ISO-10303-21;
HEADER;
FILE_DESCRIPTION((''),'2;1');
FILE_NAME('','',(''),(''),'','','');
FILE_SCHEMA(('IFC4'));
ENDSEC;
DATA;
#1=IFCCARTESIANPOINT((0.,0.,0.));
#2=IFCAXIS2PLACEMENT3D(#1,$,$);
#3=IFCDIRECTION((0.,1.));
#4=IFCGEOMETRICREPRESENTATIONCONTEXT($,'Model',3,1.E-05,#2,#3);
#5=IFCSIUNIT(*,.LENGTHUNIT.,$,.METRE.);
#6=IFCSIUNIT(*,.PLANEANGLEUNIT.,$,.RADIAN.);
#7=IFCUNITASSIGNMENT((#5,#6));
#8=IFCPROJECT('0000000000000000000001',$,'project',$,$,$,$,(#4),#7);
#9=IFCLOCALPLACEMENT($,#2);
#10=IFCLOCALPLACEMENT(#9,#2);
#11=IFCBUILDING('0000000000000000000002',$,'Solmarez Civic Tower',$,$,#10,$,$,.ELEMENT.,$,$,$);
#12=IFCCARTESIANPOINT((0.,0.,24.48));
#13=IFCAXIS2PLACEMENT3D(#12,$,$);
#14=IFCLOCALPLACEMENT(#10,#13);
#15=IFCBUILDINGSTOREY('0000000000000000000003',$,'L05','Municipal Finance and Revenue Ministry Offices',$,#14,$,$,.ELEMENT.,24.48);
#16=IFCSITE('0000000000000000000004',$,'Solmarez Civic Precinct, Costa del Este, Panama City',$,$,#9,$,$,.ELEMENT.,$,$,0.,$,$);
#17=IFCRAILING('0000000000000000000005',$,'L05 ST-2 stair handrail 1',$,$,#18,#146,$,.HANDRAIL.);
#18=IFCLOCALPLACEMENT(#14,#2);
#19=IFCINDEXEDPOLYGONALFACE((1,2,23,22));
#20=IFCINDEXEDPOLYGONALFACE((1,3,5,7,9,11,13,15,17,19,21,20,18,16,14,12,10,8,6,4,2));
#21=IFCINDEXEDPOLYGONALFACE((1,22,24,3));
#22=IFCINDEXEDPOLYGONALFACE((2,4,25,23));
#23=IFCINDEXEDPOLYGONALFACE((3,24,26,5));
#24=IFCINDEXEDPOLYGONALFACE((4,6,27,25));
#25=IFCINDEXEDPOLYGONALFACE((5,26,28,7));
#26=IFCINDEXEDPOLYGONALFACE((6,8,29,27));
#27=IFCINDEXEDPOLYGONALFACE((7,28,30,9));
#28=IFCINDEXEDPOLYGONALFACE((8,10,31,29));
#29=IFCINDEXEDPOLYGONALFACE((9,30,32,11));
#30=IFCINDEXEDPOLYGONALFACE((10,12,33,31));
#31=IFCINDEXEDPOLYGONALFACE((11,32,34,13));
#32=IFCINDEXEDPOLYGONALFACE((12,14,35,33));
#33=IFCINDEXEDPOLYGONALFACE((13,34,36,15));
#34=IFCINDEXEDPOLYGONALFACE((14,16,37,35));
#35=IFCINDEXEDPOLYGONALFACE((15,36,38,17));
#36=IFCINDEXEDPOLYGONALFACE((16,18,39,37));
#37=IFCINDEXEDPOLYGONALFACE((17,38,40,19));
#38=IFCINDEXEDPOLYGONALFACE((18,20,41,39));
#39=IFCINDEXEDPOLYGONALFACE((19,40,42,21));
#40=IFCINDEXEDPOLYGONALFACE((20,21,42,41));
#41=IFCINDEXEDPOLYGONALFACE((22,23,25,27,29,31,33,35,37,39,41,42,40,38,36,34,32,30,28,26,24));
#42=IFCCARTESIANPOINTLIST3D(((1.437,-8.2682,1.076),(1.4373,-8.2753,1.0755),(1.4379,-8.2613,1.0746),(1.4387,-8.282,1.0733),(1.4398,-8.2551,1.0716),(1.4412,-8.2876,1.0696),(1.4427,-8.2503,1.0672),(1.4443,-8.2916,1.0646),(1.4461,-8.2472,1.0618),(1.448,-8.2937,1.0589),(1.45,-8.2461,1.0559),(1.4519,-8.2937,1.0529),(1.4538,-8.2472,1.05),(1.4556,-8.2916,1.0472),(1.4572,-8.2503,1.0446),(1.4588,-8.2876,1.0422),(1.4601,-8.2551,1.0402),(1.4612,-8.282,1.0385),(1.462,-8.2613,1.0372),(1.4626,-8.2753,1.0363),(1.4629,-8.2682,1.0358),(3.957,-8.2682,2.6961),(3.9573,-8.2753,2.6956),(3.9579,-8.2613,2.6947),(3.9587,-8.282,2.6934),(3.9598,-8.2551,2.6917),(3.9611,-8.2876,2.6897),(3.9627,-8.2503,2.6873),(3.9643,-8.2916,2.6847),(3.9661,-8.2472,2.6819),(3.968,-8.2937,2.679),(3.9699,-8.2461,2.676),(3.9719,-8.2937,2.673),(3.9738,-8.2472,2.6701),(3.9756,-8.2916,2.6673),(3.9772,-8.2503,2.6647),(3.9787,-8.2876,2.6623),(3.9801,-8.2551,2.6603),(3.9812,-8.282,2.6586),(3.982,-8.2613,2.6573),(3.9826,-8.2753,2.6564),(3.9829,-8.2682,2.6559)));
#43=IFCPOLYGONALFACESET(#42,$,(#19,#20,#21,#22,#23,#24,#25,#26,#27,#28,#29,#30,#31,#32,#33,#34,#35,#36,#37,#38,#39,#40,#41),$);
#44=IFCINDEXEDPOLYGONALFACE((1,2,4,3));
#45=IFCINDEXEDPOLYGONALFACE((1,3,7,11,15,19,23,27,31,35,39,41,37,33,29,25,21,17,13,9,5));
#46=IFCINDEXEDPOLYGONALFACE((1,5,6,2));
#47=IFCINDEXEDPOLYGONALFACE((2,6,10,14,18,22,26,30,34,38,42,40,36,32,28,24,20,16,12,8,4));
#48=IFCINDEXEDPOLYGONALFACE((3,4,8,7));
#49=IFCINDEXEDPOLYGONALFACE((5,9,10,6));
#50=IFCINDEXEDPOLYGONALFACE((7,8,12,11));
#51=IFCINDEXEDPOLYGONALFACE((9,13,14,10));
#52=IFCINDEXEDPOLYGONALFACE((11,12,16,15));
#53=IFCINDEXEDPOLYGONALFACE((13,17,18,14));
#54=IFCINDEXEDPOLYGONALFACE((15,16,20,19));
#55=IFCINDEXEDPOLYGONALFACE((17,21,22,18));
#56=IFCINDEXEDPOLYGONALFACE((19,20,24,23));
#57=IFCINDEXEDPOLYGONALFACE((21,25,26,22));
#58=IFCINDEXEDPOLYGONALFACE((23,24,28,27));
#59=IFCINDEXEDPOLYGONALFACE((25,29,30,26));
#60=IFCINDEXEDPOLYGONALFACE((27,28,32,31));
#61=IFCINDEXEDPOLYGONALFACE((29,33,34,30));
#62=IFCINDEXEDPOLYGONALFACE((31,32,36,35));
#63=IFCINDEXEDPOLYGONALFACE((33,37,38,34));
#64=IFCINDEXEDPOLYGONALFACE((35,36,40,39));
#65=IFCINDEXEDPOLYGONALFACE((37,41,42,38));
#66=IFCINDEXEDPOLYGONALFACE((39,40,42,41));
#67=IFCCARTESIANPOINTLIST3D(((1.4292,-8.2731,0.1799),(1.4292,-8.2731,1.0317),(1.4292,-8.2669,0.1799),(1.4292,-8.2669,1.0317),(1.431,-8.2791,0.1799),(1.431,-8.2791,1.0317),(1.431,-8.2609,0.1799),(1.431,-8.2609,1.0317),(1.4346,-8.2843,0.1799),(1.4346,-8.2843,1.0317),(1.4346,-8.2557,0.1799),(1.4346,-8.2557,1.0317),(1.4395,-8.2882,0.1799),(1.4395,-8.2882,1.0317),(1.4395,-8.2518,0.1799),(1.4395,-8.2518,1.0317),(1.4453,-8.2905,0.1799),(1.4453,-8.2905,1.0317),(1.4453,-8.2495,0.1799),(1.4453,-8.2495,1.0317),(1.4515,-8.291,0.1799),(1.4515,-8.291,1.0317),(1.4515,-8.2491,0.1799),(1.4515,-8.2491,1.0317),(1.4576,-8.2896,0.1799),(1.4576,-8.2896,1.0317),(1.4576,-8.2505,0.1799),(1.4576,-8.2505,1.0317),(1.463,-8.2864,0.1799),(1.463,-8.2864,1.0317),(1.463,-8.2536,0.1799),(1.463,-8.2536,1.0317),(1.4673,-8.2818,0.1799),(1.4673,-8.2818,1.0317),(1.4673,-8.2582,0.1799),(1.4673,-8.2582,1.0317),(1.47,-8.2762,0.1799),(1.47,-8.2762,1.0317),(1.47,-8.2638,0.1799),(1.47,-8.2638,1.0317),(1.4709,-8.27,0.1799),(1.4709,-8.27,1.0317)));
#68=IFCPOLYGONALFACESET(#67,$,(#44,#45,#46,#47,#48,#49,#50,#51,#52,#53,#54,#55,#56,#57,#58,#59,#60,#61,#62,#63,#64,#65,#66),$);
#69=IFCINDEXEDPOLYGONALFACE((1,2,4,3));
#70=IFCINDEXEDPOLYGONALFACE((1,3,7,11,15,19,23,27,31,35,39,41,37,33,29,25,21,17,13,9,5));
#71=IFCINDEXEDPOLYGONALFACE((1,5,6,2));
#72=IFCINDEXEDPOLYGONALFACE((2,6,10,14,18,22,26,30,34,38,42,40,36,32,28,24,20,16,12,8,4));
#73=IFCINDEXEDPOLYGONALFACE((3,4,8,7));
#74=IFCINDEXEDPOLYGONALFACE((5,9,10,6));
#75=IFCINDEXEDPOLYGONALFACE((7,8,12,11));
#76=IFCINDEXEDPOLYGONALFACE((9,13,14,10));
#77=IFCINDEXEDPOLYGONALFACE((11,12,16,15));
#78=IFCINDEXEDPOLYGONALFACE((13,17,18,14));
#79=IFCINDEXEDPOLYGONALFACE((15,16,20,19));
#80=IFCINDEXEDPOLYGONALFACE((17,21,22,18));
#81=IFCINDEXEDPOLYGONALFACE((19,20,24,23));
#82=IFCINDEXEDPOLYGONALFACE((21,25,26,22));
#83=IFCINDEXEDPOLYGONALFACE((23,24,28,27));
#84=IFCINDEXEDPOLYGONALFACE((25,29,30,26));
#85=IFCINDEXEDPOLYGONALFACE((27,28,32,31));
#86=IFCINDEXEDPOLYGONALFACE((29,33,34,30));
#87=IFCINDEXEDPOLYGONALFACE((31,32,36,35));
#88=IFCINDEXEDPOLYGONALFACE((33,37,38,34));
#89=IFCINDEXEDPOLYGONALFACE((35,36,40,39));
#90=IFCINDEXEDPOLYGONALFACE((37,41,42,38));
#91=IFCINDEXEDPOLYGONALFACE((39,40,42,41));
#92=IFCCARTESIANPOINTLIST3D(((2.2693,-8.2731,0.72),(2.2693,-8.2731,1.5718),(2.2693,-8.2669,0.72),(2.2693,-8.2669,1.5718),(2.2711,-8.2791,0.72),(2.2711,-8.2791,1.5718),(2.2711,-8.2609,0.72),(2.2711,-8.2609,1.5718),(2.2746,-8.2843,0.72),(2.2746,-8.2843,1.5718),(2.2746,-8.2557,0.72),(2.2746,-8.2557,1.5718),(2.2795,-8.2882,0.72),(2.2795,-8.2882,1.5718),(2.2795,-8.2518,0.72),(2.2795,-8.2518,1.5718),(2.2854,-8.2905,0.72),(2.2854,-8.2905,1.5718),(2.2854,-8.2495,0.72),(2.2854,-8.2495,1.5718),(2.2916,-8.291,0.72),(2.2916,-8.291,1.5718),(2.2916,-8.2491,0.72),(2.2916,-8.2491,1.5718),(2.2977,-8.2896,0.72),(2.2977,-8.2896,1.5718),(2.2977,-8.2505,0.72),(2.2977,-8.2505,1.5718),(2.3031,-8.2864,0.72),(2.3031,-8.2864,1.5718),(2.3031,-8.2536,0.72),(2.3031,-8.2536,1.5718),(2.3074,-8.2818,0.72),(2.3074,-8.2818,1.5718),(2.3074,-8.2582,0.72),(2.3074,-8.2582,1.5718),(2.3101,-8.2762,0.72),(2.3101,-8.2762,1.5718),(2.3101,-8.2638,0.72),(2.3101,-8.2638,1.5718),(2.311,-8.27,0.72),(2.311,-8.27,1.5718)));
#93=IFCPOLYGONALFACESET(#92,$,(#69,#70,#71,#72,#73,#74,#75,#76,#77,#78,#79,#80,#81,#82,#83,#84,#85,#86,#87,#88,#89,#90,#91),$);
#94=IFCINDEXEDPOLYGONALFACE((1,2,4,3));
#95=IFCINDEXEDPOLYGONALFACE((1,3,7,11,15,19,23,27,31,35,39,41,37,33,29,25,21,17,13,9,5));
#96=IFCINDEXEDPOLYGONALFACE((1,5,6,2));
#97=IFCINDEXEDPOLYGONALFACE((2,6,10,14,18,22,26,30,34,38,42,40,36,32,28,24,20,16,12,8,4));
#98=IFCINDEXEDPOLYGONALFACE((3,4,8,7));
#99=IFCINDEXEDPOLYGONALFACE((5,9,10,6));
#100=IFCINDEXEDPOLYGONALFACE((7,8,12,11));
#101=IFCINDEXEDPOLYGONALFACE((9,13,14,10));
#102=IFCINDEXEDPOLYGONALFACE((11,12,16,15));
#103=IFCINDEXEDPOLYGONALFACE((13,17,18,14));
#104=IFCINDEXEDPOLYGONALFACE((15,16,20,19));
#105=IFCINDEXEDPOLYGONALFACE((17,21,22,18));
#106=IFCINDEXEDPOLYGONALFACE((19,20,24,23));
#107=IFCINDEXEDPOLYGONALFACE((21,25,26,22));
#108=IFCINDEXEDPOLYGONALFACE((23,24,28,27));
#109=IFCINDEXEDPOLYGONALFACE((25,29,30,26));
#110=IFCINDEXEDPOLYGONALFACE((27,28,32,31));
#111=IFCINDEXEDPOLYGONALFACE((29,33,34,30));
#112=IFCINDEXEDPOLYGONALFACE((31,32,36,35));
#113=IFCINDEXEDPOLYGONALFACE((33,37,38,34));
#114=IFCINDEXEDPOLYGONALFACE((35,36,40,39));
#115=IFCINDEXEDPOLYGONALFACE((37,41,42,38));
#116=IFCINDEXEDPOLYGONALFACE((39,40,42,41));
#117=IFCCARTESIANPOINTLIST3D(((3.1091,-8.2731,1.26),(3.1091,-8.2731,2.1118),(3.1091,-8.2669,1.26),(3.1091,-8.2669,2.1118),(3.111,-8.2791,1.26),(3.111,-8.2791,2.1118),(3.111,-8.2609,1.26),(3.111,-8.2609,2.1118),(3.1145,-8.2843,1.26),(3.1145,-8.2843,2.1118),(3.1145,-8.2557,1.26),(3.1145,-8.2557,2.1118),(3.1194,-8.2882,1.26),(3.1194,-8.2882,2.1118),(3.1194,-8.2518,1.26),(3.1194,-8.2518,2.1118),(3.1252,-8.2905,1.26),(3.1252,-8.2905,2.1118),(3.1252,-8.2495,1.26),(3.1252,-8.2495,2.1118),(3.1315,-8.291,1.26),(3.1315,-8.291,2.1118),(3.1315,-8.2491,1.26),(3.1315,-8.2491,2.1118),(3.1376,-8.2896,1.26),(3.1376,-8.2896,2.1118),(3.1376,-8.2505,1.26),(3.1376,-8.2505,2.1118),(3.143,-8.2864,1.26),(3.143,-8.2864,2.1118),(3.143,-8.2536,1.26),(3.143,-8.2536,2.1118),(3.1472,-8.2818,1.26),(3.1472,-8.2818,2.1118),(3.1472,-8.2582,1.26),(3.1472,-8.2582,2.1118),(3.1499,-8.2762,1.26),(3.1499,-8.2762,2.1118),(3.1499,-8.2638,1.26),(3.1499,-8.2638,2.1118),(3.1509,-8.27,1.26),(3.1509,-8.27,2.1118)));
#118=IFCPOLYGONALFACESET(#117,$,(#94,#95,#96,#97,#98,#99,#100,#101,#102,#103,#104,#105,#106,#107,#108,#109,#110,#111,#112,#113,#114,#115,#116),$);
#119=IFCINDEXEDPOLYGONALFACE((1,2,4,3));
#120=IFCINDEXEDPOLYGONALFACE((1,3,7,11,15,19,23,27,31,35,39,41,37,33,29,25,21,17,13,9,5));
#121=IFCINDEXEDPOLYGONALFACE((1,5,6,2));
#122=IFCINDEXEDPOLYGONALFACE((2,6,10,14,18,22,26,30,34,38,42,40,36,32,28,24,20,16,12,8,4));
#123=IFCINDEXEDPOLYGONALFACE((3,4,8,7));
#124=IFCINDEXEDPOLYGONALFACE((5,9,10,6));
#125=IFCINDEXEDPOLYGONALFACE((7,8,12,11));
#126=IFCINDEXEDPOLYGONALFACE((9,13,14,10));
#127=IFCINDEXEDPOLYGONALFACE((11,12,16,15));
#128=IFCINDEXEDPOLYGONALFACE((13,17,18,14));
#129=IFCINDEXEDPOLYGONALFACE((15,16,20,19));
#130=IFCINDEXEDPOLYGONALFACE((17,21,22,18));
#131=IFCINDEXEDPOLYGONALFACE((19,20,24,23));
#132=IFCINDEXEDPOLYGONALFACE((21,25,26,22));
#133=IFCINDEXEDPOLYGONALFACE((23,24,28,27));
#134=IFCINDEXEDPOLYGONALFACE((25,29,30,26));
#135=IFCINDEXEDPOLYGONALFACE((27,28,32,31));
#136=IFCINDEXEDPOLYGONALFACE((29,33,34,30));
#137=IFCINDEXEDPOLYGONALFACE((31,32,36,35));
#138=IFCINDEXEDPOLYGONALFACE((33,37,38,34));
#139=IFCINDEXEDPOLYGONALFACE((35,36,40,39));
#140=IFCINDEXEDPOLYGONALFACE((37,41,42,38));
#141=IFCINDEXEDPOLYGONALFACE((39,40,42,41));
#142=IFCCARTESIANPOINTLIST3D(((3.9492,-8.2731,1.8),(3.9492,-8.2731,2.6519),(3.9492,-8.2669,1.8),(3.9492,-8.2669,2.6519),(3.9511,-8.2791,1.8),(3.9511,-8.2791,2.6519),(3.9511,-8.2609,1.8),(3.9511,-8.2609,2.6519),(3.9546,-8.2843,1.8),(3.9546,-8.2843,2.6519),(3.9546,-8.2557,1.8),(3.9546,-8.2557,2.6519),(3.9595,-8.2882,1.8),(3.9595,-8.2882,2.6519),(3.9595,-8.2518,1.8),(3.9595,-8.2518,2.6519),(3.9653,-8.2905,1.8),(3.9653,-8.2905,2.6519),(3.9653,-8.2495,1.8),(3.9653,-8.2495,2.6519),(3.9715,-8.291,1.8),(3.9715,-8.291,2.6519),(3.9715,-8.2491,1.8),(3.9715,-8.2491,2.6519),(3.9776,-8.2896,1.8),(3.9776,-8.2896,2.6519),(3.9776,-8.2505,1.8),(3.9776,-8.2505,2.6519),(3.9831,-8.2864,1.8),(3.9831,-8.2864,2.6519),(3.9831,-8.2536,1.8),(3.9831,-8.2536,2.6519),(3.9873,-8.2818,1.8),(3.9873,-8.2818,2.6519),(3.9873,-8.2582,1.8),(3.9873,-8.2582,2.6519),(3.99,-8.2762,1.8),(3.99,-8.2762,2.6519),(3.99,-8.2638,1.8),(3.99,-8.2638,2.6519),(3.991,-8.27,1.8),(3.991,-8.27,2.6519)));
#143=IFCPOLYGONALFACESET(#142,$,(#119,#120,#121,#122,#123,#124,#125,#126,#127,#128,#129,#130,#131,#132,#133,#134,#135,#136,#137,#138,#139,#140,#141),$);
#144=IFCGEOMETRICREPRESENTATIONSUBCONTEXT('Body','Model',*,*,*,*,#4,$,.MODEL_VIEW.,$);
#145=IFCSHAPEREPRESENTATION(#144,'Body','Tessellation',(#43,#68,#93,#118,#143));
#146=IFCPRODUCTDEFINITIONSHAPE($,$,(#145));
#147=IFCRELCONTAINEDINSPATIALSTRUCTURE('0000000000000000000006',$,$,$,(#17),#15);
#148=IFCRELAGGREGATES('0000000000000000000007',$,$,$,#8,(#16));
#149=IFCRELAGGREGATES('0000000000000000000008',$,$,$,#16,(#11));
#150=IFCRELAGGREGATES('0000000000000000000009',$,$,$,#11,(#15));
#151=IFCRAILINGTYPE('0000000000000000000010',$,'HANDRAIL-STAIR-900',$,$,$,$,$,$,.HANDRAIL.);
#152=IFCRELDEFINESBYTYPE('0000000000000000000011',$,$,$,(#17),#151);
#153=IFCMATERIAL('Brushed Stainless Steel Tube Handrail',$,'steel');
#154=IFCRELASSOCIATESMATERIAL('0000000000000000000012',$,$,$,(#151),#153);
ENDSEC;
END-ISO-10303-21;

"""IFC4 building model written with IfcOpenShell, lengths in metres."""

from ifc_helpers import new_model, si_unit, direction, frame, origin, origin_2d, place, context, subcontext, project, spatial, circle, extrude, material, type_object, element, save


model = new_model("IFC4")

# Units and contexts
model_context = context("Model", 3, precision=1e-05, world=origin(), true_north=direction((0.0, 1.0)))
body_context = subcontext(model_context, "Body", "Model", "MODEL_VIEW")
ifc_project = project(units=[si_unit("LENGTHUNIT", "METRE"), si_unit("PLANEANGLEUNIT", "RADIAN")], contexts=[model_context])

# Site, building, storey
site_placement = place(None, origin())
site = spatial("IfcSite", under=ifc_project, at=site_placement, Name="Solmarez Civic Precinct, Costa del Este, Panama City", CompositionType="ELEMENT", RefElevation=0.0)
building_placement = place(site_placement, origin())
building = spatial("IfcBuilding", under=site, at=building_placement, Name="Solmarez Civic Tower", CompositionType="ELEMENT")
storey_placement = place(building_placement, frame((0.0, 0.0, 24.48)))
storey = spatial("IfcBuildingStorey", under=building, at=storey_placement, Name="L05", Description="Municipal Finance and Revenue Ministry Offices", CompositionType="ELEMENT", Elevation=24.48)

# Railing
ifc_material_1 = material(Name="Brushed Stainless Steel Tube Handrail", Category="steel")
railing_type = type_object("IfcRailingType", Name="HANDRAIL-STAIR-900", PredefinedType="HANDRAIL", material=ifc_material_1)
railing_placement = place(storey_placement, frame((1.45, -8.27, 0.1799)))
element("IfcRailing", 1, at=railing_placement, inside=storey, type_object=railing_type, Name="L05 ST-2 stair handrail 1", PredefinedType="HANDRAIL", context=body_context, shape_type="SweptSolid", body=[
    extrude(circle(Radius=0.0239, at=origin_2d()), frame((0.0, 0.0, 0.876), z_axis=(0.841163, 0.0, 0.540782), x_axis=(0.0, 1.0, 0.0)), (0.0, 0.0, 1.0), 2.9958),
    extrude(circle(Radius=0.021, at=origin_2d()), origin(), (0.0, 0.0, 1.0), 0.8518),
    extrude(circle(Radius=0.021, at=origin_2d()), frame((0.8401, 0.0, 0.54)), (0.0, 0.0, 1.0), 0.8518),
    extrude(circle(Radius=0.021, at=origin_2d()), frame((1.6799, 0.0, 1.0801)), (0.0, 0.0, 1.0), 0.8518),
    extrude(circle(Radius=0.021, at=origin_2d()), frame((2.52, 0.0, 1.6201)), (0.0, 0.0, 1.0), 0.8518),
])

save(model, "model.ifc")
